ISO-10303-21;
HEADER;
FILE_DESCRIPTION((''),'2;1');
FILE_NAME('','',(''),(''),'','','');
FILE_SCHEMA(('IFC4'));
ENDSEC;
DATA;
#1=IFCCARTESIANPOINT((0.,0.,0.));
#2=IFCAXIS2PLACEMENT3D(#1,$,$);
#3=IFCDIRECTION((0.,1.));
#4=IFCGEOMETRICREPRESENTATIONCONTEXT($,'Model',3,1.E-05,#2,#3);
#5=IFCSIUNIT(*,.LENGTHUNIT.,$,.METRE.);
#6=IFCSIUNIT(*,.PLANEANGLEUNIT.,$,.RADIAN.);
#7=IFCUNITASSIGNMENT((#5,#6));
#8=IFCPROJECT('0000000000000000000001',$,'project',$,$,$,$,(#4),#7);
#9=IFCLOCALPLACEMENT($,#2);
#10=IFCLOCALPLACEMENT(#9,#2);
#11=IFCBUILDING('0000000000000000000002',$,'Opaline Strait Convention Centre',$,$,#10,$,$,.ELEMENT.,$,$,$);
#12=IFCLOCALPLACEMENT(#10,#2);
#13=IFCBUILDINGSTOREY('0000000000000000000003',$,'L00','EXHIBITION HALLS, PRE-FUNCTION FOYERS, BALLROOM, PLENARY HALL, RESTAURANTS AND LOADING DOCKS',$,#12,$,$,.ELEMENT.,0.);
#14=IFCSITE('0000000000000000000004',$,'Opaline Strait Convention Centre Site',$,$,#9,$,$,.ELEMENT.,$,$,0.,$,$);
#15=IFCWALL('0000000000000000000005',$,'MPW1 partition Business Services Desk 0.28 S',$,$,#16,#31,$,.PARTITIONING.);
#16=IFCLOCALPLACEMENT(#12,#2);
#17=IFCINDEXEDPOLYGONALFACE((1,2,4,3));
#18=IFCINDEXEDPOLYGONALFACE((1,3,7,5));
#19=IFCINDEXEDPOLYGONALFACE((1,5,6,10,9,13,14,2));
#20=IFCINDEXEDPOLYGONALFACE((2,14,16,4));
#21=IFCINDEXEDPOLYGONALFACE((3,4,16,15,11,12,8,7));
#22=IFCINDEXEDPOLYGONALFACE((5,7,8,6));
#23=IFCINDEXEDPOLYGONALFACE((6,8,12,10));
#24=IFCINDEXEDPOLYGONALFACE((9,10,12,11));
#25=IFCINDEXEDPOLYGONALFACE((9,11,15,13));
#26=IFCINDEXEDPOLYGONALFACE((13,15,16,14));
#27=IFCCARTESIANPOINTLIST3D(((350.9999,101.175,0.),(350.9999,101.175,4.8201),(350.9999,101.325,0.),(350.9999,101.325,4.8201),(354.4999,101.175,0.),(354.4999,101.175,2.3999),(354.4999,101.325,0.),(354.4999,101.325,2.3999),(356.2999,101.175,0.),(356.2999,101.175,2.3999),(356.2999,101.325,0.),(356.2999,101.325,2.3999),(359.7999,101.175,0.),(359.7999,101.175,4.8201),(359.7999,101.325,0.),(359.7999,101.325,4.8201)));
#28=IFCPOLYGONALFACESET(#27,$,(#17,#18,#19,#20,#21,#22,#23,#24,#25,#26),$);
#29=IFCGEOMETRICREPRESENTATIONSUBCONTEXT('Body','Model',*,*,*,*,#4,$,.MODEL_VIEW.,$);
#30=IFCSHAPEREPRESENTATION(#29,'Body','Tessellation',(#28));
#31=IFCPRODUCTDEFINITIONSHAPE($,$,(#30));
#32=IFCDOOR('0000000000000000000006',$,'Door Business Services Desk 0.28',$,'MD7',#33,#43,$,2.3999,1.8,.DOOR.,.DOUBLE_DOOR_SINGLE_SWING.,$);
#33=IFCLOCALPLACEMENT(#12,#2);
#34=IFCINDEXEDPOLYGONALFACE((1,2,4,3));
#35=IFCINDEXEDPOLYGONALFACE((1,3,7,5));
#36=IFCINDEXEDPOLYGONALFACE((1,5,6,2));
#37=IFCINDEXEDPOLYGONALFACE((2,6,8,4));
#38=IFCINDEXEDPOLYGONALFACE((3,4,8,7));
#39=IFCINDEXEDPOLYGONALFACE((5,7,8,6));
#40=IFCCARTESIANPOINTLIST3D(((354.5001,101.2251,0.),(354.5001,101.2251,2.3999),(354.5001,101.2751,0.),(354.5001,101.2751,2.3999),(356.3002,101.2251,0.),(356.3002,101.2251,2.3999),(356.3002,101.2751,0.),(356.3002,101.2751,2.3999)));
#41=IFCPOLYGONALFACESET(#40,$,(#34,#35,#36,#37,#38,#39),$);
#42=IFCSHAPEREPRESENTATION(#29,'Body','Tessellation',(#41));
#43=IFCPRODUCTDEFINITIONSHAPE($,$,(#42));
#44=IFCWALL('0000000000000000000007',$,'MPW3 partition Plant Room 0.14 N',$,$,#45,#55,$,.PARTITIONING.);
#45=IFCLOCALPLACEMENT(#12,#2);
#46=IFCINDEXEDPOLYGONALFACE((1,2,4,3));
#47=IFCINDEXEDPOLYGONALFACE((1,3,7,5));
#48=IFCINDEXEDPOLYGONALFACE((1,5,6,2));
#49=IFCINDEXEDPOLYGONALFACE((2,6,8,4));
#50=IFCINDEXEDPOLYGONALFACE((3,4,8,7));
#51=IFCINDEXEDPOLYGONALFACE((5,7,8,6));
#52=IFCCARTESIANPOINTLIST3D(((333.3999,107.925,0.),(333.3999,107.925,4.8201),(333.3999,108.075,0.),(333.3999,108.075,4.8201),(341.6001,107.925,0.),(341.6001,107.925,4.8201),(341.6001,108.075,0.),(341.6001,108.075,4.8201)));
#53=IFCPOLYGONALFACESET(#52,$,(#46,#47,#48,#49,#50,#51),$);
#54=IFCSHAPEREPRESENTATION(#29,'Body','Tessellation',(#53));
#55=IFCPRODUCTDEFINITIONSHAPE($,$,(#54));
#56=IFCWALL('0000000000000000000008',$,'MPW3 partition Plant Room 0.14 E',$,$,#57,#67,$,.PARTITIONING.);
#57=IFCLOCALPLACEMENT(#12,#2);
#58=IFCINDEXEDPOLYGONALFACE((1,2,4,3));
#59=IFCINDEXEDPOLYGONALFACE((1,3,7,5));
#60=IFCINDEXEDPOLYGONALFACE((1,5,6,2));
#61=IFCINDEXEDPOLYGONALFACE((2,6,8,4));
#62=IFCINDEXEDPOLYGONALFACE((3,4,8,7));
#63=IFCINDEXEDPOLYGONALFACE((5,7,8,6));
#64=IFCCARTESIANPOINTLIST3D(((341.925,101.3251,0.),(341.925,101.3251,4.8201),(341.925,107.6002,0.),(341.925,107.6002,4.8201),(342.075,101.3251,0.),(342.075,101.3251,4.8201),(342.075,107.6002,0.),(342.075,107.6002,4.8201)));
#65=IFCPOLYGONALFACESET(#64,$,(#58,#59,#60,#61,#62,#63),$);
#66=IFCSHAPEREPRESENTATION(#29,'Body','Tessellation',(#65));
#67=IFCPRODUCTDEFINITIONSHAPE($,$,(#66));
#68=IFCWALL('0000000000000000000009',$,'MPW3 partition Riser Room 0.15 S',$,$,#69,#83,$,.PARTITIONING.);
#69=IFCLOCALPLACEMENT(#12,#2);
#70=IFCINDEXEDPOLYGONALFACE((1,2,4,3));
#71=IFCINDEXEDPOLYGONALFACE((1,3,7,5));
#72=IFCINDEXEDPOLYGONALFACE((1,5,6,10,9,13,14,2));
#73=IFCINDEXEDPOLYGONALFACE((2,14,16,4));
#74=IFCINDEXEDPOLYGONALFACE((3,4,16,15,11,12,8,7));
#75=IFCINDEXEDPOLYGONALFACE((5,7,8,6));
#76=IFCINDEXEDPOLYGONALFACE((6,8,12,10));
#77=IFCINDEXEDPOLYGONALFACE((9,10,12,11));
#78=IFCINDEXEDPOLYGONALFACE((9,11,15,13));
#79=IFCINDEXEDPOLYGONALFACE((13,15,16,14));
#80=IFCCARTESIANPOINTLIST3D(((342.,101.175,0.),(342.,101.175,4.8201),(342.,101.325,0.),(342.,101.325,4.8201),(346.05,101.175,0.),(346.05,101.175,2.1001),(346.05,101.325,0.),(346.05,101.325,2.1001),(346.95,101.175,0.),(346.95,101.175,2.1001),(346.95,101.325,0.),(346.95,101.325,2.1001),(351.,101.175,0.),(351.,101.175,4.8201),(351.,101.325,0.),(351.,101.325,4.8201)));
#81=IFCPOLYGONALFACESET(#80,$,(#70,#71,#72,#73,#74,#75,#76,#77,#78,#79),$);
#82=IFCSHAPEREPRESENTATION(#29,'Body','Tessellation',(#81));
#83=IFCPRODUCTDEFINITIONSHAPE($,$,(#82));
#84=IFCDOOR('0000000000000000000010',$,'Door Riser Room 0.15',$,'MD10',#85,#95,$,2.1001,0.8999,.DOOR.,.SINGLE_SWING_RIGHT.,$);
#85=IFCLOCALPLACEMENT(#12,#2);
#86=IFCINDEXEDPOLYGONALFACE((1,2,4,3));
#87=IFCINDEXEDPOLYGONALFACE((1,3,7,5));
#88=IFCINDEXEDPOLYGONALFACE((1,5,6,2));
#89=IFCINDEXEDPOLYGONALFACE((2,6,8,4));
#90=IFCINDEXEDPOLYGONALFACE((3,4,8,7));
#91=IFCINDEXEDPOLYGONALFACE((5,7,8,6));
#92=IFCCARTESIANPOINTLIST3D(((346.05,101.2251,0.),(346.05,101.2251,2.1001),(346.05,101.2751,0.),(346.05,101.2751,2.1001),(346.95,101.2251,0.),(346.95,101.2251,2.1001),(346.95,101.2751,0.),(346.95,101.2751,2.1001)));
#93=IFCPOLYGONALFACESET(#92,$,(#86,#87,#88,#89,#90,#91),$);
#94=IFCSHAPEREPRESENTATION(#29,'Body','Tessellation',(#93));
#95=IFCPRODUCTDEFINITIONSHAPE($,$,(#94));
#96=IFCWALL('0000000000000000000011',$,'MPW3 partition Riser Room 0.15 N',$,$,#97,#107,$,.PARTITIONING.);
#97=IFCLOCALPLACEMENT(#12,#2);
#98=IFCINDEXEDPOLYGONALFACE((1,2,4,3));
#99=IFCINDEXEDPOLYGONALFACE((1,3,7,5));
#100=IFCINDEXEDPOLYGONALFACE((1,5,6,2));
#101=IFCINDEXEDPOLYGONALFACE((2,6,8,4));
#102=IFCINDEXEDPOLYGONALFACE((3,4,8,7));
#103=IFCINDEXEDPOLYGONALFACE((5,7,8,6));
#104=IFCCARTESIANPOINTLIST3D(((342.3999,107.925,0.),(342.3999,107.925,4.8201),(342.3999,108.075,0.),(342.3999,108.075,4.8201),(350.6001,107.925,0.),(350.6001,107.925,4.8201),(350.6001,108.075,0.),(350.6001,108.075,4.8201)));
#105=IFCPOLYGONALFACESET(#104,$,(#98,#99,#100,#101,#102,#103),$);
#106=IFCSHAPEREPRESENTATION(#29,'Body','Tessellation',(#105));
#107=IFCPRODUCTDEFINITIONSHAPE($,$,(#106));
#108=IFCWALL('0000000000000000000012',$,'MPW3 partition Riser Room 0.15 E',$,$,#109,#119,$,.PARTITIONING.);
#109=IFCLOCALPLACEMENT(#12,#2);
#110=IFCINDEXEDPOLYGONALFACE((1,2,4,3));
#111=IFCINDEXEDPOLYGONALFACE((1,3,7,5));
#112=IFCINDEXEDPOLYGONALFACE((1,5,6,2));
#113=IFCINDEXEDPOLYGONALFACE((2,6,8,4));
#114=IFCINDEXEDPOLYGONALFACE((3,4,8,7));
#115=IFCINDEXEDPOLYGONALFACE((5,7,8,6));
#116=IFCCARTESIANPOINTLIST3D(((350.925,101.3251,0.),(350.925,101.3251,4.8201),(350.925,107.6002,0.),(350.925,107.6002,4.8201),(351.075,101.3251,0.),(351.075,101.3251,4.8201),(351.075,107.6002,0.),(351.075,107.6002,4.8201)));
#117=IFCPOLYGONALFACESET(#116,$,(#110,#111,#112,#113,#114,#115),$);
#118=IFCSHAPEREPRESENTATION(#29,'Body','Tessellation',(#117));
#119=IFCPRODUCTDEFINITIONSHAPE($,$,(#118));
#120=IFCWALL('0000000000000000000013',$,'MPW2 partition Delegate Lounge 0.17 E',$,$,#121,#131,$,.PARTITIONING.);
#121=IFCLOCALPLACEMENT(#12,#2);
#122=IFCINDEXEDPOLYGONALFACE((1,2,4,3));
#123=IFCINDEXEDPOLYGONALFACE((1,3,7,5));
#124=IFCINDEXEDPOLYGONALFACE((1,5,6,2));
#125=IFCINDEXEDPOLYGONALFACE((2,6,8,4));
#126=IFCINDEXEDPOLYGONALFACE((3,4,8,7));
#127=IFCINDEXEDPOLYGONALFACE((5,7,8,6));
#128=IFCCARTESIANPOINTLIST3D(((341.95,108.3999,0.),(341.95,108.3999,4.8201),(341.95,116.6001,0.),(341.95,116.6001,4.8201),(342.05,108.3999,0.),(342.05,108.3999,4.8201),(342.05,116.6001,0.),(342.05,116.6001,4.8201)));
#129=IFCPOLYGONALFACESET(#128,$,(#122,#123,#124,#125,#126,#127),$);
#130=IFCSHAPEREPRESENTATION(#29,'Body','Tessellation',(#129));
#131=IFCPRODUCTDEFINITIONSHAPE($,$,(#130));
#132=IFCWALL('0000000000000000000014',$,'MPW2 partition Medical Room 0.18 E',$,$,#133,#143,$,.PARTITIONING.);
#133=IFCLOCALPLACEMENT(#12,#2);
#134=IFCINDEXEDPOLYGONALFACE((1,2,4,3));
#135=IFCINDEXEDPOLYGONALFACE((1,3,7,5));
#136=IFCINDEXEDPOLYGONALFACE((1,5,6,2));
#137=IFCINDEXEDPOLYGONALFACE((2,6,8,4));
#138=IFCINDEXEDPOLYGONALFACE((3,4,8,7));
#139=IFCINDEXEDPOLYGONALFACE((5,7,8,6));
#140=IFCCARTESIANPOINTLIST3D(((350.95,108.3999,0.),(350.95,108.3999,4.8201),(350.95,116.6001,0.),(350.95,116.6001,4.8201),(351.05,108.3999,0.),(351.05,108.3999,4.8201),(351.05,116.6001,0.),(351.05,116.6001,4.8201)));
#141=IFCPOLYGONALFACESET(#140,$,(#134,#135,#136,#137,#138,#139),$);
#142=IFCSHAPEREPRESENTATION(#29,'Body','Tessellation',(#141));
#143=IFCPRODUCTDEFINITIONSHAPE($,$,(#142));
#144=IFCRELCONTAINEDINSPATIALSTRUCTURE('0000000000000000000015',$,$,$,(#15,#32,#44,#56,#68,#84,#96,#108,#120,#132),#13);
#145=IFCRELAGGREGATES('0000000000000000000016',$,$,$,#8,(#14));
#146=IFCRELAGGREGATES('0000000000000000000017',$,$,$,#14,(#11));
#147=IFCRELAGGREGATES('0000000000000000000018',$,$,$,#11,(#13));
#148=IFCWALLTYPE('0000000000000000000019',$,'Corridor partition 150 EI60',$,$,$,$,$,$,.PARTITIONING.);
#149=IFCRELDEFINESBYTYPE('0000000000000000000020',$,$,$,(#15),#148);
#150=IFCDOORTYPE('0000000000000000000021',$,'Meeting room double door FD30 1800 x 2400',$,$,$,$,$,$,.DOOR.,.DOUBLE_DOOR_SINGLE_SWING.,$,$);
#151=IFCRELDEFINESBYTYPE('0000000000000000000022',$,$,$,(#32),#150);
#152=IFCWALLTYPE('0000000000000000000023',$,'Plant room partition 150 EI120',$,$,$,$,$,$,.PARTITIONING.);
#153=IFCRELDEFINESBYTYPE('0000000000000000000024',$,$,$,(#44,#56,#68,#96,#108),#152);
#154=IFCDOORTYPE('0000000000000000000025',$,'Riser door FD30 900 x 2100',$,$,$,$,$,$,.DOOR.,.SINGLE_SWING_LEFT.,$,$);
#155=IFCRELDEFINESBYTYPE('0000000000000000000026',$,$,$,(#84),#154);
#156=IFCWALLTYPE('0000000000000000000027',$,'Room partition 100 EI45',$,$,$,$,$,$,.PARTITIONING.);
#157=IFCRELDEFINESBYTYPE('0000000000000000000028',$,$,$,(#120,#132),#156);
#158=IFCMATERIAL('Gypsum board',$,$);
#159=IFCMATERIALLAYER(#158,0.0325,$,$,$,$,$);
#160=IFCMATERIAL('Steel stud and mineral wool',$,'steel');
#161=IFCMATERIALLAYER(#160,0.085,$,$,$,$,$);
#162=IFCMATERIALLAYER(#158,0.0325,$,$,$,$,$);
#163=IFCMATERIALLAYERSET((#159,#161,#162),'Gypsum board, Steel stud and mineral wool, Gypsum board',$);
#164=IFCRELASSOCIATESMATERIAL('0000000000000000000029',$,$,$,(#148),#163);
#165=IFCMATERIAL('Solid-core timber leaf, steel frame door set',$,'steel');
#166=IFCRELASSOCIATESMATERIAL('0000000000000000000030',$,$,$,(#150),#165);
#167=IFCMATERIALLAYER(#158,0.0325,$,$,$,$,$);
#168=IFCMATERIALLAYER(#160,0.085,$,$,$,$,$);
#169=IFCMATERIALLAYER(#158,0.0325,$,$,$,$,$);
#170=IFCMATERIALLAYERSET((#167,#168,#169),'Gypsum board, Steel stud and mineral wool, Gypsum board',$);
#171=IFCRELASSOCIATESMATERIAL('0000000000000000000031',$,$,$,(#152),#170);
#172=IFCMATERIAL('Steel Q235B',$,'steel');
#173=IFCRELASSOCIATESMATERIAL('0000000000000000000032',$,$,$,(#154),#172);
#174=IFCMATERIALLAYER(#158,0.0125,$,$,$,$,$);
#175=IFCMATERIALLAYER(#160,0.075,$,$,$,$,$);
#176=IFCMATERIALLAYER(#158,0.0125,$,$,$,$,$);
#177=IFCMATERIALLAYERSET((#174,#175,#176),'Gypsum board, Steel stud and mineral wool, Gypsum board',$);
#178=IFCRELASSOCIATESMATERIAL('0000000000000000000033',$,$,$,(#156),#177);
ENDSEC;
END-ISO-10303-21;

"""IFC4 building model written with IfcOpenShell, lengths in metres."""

from ifc_helpers import new_model, si_unit, direction, frame, frame_2d, origin, place, context, subcontext, project, spatial, rectangle, extrude, material, layer, layer_set, type_object, element, fill, save


model = new_model("IFC4")

# Units and contexts
model_context = context("Model", 3, precision=1e-05, world=origin(), true_north=direction((0.0, 1.0)))
body_context = subcontext(model_context, "Body", "Model", "MODEL_VIEW")
ifc_project = project(units=[si_unit("LENGTHUNIT", "METRE"), si_unit("PLANEANGLEUNIT", "RADIAN")], contexts=[model_context])

# Site, building, storey
site_placement = place(None, origin())
site = spatial("IfcSite", under=ifc_project, at=site_placement, Name="Opaline Strait Convention Centre Site", CompositionType="ELEMENT", RefElevation=0.0)
building_placement = place(site_placement, origin())
building = spatial("IfcBuilding", under=site, at=building_placement, Name="Opaline Strait Convention Centre", CompositionType="ELEMENT")
storey_placement = place(building_placement, origin())
storey = spatial("IfcBuildingStorey", under=building, at=storey_placement, Name="L00", Description="EXHIBITION HALLS, PRE-FUNCTION FOYERS, BALLROOM, PLENARY HALL, RESTAURANTS AND LOADING DOCKS", CompositionType="ELEMENT", Elevation=0.0)

# Wall, opening, door
ifc_material_1 = material(Name="Gypsum board")
ifc_layer_1 = layer(ifc_material_1, 0.0325)
ifc_material_2 = material(Name="Steel stud and mineral wool", Category="steel")
ifc_layer_2 = layer(ifc_material_2, 0.085)
ifc_layer_3 = layer(ifc_material_1, 0.0325)
ifc_layer_set_1 = layer_set([ifc_layer_1, ifc_layer_2, ifc_layer_3], Name="Gypsum board, Steel stud and mineral wool, Gypsum board")
wall_type_1 = type_object("IfcWallType", Name="Corridor partition 150 EI60", PredefinedType="PARTITIONING", material=ifc_layer_set_1)
wall_1_placement = place(storey_placement, frame((351.0, 101.25, 0.0), z_axis=(0.0, 0.0, 1.0), x_axis=(1.0, 0.0, 0.0)))
wall_1 = element("IfcWall", 1, at=wall_1_placement, inside=storey, type_object=wall_type_1, Name="MPW1 partition Business Services Desk 0.28 S", PredefinedType="PARTITIONING", context=body_context, shape_type="SweptSolid", body=[
    extrude(rectangle(XDim=8.8, YDim=0.1499, at=frame_2d((4.3999, 0.0))), origin(), (0.0, 0.0, 1.0), 4.8201),
])
opening_1_placement = place(wall_1_placement, frame((3.5, 0.0, 0.0)))
opening_1 = element("IfcOpeningElement", 2, at=opening_1_placement, cuts=wall_1, PredefinedType="OPENING", context=body_context, shape_type="SweptSolid", body=[
    extrude(rectangle(XDim=1.8, YDim=2.3999, at=frame_2d((0.8999, 1.2))), frame((0.0, 0.085, 0.0), z_axis=(0.0, -1.0, 0.0), x_axis=(1.0, 0.0, 0.0)), (0.0, 0.0, 1.0), 0.1699),
])
ifc_material_3 = material(Name="Solid-core timber leaf, steel frame door set", Category="steel")
door_type_1 = type_object("IfcDoorType", Name="Meeting room double door FD30 1800 x 2400", OperationType="DOUBLE_DOOR_SINGLE_SWING", PredefinedType="DOOR", material=ifc_material_3)
door_1_placement = place(opening_1_placement, frame((1.8, 0.0, 0.0), z_axis=(0.0, 0.0, 1.0), x_axis=(-1.0, 0.0, 0.0)))
door_1 = element("IfcDoor", 3, at=door_1_placement, inside=storey, type_object=door_type_1, Name="Door Business Services Desk 0.28", ObjectType="MD7", OperationType="DOUBLE_DOOR_SINGLE_SWING", OverallHeight=2.3999, OverallWidth=1.8, PredefinedType="DOOR", context=body_context, shape_type="SweptSolid", body=[
    extrude(rectangle(XDim=1.8, YDim=2.3999, at=frame_2d((0.8999, 1.2))), frame((0.0, 0.0249, 0.0), z_axis=(0.0, -1.0, 0.0), x_axis=(1.0, 0.0, 0.0)), (0.0, 0.0, 1.0), 0.05),
])
fill(opening_1, door_1)

# Walls
ifc_layer_4 = layer(ifc_material_1, 0.0325)
ifc_layer_5 = layer(ifc_material_2, 0.085)
ifc_layer_6 = layer(ifc_material_1, 0.0325)
ifc_layer_set_2 = layer_set([ifc_layer_4, ifc_layer_5, ifc_layer_6], Name="Gypsum board, Steel stud and mineral wool, Gypsum board")
wall_type_2 = type_object("IfcWallType", Name="Plant room partition 150 EI120", PredefinedType="PARTITIONING", material=ifc_layer_set_2)
wall_2_placement = place(storey_placement, frame((333.3999, 108.0, 0.0), z_axis=(0.0, 0.0, 1.0), x_axis=(1.0, 0.0, 0.0)))
element("IfcWall", 4, at=wall_2_placement, inside=storey, type_object=wall_type_2, Name="MPW3 partition Plant Room 0.14 N", PredefinedType="PARTITIONING", context=body_context, shape_type="SweptSolid", body=[
    extrude(rectangle(XDim=8.2002, YDim=0.1499, at=frame_2d((4.1001, 0.0))), origin(), (0.0, 0.0, 1.0), 4.8201),
])
wall_3_placement = place(storey_placement, frame((342.0, 101.325, 0.0), z_axis=(0.0, 0.0, 1.0), x_axis=(0.0, 1.0, 0.0)))
element("IfcWall", 5, at=wall_3_placement, inside=storey, type_object=wall_type_2, Name="MPW3 partition Plant Room 0.14 E", PredefinedType="PARTITIONING", context=body_context, shape_type="SweptSolid", body=[
    extrude(rectangle(XDim=6.2751, YDim=0.1499, at=frame_2d((3.1377, 0.0))), origin(), (0.0, 0.0, 1.0), 4.8201),
])

# Wall, opening, door
wall_4_placement = place(storey_placement, frame((342.0, 101.25, 0.0), z_axis=(0.0, 0.0, 1.0), x_axis=(1.0, 0.0, 0.0)))
wall_4 = element("IfcWall", 6, at=wall_4_placement, inside=storey, type_object=wall_type_2, Name="MPW3 partition Riser Room 0.15 S", PredefinedType="PARTITIONING", context=body_context, shape_type="SweptSolid", body=[
    extrude(rectangle(XDim=9.0, YDim=0.1499, at=frame_2d((4.5, 0.0))), origin(), (0.0, 0.0, 1.0), 4.8201),
])
opening_2_placement = place(wall_4_placement, frame((4.05, 0.0, 0.0)))
opening_2 = element("IfcOpeningElement", 7, at=opening_2_placement, cuts=wall_4, PredefinedType="OPENING", context=body_context, shape_type="SweptSolid", body=[
    extrude(rectangle(XDim=0.8999, YDim=2.1001, at=frame_2d((0.45, 1.05))), frame((0.0, 0.085, 0.0), z_axis=(0.0, -1.0, 0.0), x_axis=(1.0, 0.0, 0.0)), (0.0, 0.0, 1.0), 0.1699),
])
ifc_material_4 = material(Name="Steel Q235B", Category="steel")
door_type_2 = type_object("IfcDoorType", Name="Riser door FD30 900 x 2100", OperationType="SINGLE_SWING_LEFT", PredefinedType="DOOR", material=ifc_material_4)
door_2_placement = place(opening_2_placement, frame((0.8999, 0.0, 0.0), z_axis=(0.0, 0.0, 1.0), x_axis=(-1.0, 0.0, 0.0)))
door_2 = element("IfcDoor", 8, at=door_2_placement, inside=storey, type_object=door_type_2, Name="Door Riser Room 0.15", ObjectType="MD10", OperationType="SINGLE_SWING_RIGHT", OverallHeight=2.1001, OverallWidth=0.8999, PredefinedType="DOOR", context=body_context, shape_type="SweptSolid", body=[
    extrude(rectangle(XDim=0.8999, YDim=2.1001, at=frame_2d((0.45, 1.05))), frame((0.0, 0.0249, 0.0), z_axis=(0.0, -1.0, 0.0), x_axis=(1.0, 0.0, 0.0)), (0.0, 0.0, 1.0), 0.05),
])
fill(opening_2, door_2)

# Walls
wall_5_placement = place(storey_placement, frame((342.3999, 108.0, 0.0), z_axis=(0.0, 0.0, 1.0), x_axis=(1.0, 0.0, 0.0)))
element("IfcWall", 9, at=wall_5_placement, inside=storey, type_object=wall_type_2, Name="MPW3 partition Riser Room 0.15 N", PredefinedType="PARTITIONING", context=body_context, shape_type="SweptSolid", body=[
    extrude(rectangle(XDim=8.2002, YDim=0.1499, at=frame_2d((4.1001, 0.0))), origin(), (0.0, 0.0, 1.0), 4.8201),
])
wall_6_placement = place(storey_placement, frame((351.0, 101.325, 0.0), z_axis=(0.0, 0.0, 1.0), x_axis=(0.0, 1.0, 0.0)))
element("IfcWall", 10, at=wall_6_placement, inside=storey, type_object=wall_type_2, Name="MPW3 partition Riser Room 0.15 E", PredefinedType="PARTITIONING", context=body_context, shape_type="SweptSolid", body=[
    extrude(rectangle(XDim=6.2751, YDim=0.1499, at=frame_2d((3.1377, 0.0))), origin(), (0.0, 0.0, 1.0), 4.8201),
])
ifc_layer_7 = layer(ifc_material_1, 0.0125)
ifc_layer_8 = layer(ifc_material_2, 0.075)
ifc_layer_9 = layer(ifc_material_1, 0.0125)
ifc_layer_set_3 = layer_set([ifc_layer_7, ifc_layer_8, ifc_layer_9], Name="Gypsum board, Steel stud and mineral wool, Gypsum board")
wall_type_3 = type_object("IfcWallType", Name="Room partition 100 EI45", PredefinedType="PARTITIONING", material=ifc_layer_set_3)
for number, where, z_axis, x_axis, name in (
    (11, (342.0, 108.3999, 0.0), (0.0, 0.0, 1.0), (0.0, 1.0, 0.0), "MPW2 partition Delegate Lounge 0.17 E"),
    (12, (351.0, 108.3999, 0.0), (0.0, 0.0, 1.0), (0.0, 1.0, 0.0), "MPW2 partition Medical Room 0.18 E"),
):
    element("IfcWall", number, at=place(storey_placement, frame(where, z_axis=z_axis, x_axis=x_axis)), inside=storey, type_object=wall_type_3, Name=name, PredefinedType="PARTITIONING", context=body_context, shape_type="SweptSolid", body=[
        extrude(rectangle(XDim=8.2002, YDim=0.1001, at=frame_2d((4.1001, 0.0))), origin(), (0.0, 0.0, 1.0), 4.8201),
    ])

save(model, "model.ifc")
